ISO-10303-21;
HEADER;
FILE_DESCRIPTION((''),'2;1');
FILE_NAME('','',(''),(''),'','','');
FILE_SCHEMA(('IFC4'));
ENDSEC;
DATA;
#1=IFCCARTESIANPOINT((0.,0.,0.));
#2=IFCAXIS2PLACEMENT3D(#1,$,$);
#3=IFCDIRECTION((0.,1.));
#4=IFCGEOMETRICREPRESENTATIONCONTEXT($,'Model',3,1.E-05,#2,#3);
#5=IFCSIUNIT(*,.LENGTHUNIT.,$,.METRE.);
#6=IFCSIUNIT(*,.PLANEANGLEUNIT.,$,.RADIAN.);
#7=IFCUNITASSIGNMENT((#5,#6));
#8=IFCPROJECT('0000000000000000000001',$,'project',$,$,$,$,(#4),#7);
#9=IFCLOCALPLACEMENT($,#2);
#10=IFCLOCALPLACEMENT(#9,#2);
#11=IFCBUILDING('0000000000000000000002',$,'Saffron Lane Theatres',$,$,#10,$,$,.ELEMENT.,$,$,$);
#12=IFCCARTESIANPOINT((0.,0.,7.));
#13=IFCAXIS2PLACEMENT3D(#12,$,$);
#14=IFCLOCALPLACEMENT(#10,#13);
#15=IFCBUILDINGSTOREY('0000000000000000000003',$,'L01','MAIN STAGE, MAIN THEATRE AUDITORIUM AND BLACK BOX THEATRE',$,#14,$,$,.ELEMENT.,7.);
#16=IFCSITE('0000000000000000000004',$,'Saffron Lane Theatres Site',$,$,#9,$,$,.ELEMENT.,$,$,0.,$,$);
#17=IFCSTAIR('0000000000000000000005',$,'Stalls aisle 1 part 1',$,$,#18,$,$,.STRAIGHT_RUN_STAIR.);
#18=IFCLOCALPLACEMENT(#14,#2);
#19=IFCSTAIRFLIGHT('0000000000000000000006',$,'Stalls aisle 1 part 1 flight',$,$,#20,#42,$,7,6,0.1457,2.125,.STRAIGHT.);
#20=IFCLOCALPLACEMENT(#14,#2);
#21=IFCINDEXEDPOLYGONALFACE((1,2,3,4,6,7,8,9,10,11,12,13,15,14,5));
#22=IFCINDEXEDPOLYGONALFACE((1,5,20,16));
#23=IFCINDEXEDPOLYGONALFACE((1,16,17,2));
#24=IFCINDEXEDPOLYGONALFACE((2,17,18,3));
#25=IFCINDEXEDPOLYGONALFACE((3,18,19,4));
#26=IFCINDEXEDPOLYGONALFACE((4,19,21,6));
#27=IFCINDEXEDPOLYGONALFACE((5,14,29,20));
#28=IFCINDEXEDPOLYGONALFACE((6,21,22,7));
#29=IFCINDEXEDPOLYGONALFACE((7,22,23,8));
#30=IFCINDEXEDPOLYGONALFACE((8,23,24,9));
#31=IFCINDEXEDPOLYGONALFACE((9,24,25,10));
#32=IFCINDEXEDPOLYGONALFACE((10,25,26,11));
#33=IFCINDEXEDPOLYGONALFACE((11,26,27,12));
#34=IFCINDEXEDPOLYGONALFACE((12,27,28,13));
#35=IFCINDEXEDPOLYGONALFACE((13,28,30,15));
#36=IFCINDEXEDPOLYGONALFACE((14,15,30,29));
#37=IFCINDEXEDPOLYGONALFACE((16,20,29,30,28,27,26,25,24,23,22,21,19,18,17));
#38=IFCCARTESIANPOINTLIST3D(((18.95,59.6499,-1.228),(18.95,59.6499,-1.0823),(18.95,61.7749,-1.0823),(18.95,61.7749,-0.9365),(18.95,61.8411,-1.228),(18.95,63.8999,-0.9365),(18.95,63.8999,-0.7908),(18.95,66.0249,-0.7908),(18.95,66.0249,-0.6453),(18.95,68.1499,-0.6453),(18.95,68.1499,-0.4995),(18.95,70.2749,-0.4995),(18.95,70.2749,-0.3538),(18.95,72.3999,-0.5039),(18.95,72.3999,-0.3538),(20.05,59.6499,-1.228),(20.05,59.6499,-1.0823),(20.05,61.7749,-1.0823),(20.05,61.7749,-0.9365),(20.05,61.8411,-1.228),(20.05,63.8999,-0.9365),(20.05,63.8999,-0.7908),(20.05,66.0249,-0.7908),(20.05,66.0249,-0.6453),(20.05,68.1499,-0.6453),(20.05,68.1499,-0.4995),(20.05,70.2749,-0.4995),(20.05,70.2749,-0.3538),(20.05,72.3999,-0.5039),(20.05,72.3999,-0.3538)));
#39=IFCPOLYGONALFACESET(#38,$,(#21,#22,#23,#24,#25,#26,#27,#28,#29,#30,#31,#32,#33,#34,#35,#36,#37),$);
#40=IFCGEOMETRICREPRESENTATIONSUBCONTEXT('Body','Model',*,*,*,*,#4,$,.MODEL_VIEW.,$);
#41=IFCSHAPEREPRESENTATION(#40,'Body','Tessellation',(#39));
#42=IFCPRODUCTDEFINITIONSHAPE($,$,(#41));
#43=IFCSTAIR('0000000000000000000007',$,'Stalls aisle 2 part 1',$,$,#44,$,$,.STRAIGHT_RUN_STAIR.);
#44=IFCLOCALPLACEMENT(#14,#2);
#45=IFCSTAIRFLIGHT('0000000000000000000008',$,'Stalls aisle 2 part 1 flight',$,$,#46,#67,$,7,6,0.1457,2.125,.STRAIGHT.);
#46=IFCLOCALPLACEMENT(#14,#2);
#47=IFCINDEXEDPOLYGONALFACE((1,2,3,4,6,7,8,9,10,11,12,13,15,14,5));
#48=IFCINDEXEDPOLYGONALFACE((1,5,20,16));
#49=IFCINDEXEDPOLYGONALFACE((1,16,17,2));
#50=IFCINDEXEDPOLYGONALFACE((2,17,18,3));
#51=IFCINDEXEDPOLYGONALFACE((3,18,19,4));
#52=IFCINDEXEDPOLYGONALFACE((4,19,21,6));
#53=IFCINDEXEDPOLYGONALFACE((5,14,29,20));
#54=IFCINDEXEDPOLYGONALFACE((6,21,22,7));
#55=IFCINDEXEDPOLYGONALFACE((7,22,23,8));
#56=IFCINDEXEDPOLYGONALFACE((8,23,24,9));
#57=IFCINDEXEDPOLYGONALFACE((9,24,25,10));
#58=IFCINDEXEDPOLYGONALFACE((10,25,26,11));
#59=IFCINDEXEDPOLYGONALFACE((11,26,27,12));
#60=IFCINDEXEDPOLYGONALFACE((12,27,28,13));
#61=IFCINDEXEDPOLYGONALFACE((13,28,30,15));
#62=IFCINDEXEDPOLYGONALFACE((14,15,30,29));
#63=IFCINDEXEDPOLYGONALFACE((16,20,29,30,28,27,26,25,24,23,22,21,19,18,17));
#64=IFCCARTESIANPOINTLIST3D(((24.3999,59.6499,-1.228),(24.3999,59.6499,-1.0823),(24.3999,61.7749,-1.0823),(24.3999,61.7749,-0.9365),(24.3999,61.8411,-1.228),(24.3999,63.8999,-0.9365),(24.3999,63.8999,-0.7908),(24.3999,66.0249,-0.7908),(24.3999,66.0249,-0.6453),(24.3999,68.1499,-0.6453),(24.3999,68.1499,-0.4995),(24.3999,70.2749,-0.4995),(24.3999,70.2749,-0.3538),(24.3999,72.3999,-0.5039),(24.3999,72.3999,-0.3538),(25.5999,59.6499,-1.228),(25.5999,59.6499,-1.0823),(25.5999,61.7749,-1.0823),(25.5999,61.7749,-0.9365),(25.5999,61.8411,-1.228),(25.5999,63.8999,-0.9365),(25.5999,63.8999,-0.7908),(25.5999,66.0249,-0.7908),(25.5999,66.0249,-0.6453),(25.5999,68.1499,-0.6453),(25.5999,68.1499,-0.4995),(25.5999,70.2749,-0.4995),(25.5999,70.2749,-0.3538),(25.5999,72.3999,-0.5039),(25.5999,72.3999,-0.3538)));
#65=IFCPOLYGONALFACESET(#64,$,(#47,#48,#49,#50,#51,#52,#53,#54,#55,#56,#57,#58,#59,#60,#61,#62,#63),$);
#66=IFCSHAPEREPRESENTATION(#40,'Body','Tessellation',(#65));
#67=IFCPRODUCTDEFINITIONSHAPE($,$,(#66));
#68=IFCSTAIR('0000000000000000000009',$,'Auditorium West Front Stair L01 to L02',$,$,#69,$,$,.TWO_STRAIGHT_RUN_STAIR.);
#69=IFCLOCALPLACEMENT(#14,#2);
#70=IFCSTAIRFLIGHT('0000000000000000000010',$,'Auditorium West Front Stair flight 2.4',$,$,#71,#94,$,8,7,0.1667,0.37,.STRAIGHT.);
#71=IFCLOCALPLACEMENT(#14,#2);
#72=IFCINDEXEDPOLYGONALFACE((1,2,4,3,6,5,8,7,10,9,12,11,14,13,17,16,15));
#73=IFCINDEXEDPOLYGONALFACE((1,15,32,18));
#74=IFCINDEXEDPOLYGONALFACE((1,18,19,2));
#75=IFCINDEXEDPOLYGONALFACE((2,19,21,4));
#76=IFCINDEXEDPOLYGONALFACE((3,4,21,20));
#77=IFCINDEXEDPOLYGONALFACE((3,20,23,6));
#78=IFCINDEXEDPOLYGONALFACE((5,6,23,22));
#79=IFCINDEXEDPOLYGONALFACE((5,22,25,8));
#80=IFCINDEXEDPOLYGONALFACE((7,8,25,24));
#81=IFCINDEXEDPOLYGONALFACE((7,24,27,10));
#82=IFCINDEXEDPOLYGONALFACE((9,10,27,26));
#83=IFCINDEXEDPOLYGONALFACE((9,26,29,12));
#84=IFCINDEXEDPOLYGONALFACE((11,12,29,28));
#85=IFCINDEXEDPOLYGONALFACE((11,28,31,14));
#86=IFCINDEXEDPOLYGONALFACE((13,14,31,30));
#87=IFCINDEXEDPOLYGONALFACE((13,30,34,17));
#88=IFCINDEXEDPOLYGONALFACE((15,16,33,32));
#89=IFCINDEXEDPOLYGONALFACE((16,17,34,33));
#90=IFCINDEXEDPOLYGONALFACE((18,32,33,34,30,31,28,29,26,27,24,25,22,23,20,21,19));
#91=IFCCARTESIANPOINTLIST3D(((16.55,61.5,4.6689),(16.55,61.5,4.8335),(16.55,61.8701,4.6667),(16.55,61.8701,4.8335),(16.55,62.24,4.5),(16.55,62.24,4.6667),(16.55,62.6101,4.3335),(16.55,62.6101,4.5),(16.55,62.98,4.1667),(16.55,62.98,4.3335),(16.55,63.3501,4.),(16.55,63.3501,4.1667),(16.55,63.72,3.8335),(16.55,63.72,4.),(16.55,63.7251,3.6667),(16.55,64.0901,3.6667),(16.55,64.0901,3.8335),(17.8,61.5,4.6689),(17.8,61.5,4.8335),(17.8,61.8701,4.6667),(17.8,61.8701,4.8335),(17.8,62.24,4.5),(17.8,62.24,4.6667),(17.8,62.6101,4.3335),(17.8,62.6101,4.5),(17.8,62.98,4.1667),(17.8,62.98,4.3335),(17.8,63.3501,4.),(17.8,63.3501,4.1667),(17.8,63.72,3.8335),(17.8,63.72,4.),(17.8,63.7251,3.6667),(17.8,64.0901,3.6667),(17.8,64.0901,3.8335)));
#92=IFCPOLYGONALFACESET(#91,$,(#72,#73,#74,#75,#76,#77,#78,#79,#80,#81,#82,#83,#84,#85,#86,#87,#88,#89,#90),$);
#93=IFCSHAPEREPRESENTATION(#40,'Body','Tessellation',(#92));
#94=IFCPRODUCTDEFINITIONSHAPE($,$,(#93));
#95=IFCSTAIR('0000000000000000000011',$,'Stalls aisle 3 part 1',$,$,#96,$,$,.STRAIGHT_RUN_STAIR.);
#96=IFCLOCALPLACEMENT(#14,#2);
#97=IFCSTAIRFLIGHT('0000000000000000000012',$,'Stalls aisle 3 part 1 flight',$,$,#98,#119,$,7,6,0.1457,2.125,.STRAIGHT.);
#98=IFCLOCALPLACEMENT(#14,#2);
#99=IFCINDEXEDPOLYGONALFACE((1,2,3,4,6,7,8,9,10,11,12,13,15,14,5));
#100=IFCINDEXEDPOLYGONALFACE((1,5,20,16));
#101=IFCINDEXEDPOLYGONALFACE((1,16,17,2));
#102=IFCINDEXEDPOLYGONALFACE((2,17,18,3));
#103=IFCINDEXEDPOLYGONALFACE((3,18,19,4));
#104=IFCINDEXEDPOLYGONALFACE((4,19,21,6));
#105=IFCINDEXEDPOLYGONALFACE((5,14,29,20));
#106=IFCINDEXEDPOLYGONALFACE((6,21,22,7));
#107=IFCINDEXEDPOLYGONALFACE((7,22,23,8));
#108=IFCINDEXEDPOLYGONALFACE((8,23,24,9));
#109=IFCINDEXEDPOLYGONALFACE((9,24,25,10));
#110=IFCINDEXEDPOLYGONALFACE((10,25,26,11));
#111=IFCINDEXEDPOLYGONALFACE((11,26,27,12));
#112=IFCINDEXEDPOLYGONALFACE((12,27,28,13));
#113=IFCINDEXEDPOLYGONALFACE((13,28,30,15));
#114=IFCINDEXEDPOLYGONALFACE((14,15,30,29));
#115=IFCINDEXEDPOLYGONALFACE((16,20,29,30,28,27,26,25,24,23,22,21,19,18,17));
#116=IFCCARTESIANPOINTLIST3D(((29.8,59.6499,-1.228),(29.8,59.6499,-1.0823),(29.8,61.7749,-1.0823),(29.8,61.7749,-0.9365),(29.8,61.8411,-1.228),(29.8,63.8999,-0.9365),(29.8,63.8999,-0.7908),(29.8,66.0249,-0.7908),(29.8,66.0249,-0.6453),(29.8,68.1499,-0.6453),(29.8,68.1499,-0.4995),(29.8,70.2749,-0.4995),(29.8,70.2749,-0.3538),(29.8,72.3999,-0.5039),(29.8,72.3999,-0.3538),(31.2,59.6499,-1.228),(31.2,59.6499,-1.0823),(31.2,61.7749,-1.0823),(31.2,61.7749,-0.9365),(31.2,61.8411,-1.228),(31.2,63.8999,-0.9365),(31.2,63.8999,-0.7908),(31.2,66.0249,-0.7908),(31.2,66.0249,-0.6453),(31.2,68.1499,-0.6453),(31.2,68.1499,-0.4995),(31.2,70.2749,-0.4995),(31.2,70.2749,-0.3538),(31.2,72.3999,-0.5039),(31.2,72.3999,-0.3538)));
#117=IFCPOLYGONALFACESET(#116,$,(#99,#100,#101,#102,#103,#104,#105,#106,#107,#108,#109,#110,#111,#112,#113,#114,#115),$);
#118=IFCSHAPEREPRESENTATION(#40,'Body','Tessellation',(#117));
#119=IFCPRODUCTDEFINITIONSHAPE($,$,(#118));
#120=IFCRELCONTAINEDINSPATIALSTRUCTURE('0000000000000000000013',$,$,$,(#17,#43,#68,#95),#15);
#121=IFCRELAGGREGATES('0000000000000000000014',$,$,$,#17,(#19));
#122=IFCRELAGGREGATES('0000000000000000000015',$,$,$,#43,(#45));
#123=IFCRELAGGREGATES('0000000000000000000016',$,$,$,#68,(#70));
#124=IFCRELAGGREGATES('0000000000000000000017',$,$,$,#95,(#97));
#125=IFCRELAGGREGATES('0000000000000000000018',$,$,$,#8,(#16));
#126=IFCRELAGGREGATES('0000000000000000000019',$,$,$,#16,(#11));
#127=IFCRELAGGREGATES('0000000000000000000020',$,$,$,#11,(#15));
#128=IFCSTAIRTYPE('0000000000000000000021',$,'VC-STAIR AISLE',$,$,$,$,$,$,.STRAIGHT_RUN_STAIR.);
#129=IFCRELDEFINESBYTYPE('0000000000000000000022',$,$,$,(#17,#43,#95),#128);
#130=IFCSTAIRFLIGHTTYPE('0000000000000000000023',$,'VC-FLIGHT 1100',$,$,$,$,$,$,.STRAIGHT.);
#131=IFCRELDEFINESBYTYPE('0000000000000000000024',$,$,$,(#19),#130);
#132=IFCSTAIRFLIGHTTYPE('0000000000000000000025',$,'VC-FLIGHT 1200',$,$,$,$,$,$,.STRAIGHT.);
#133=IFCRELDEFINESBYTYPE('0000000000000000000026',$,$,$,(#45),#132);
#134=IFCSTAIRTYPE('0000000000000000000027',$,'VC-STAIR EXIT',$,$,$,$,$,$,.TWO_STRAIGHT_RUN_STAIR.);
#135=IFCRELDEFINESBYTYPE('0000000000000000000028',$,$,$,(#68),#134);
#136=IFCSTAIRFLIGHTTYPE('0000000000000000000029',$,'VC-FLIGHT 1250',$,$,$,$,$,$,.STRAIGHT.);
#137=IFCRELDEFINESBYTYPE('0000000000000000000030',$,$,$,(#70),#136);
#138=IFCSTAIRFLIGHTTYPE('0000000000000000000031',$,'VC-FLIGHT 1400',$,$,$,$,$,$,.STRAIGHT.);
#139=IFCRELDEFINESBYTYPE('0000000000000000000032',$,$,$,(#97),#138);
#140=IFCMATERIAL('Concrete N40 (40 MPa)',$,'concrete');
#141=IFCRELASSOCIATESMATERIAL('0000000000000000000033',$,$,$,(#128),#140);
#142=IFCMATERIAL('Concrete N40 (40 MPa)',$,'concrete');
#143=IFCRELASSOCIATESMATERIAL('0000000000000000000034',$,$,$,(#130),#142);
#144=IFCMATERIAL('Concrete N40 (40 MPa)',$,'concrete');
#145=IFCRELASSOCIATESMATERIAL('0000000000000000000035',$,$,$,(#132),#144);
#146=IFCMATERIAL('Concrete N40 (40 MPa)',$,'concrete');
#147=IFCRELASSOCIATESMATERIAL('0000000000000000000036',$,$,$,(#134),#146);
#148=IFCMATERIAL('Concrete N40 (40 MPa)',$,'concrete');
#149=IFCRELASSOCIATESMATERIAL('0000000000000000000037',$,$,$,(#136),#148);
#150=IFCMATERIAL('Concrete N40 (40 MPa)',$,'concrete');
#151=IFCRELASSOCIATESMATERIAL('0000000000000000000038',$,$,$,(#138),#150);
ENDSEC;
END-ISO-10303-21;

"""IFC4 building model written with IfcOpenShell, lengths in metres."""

from ifc_helpers import new_model, si_unit, direction, frame, origin, place, context, subcontext, project, spatial, polyline, outline, extrude, material, type_object, element, aggregate, save


model = new_model("IFC4")

# Units and contexts
model_context = context("Model", 3, precision=1e-05, world=origin(), true_north=direction((0.0, 1.0)))
body_context = subcontext(model_context, "Body", "Model", "MODEL_VIEW")
ifc_project = project(units=[si_unit("LENGTHUNIT", "METRE"), si_unit("PLANEANGLEUNIT", "RADIAN")], contexts=[model_context])

# Site, building, storey
site_placement = place(None, origin())
site = spatial("IfcSite", under=ifc_project, at=site_placement, Name="Saffron Lane Theatres Site", CompositionType="ELEMENT", RefElevation=0.0)
building_placement = place(site_placement, origin())
building = spatial("IfcBuilding", under=site, at=building_placement, Name="Saffron Lane Theatres", CompositionType="ELEMENT")
storey_placement = place(building_placement, frame((0.0, 0.0, 7.0)))
storey = spatial("IfcBuildingStorey", under=building, at=storey_placement, Name="L01", Description="MAIN STAGE, MAIN THEATRE AUDITORIUM AND BLACK BOX THEATRE", CompositionType="ELEMENT", Elevation=7.0)

# Stairs, stair flights
ifc_material_1 = material(Name="Concrete N40 (40 MPa)", Category="concrete")
stair_type_1 = type_object("IfcStairType", Name="VC-STAIR AISLE", PredefinedType="STRAIGHT_RUN_STAIR", material=ifc_material_1)
stair_1_placement = place(storey_placement, origin())
stair_1 = element("IfcStair", 1, at=stair_1_placement, inside=storey, type_object=stair_type_1, Name="Stalls aisle 1 part 1", PredefinedType="STRAIGHT_RUN_STAIR")
ifc_material_2 = material(Name="Concrete N40 (40 MPa)", Category="concrete")
stair_flight_type_1 = type_object("IfcStairFlightType", Name="VC-FLIGHT 1100", PredefinedType="STRAIGHT", material=ifc_material_2)
stair_flight_1_placement = place(storey_placement, frame((19.5, 59.6499, -1.228), z_axis=(0.0, 0.0, 1.0), x_axis=(0.0, 1.0, 0.0)))
stair_flight_1 = element("IfcStairFlight", 2, at=stair_flight_1_placement, type_object=stair_flight_type_1, Name="Stalls aisle 1 part 1 flight", NumberOfRisers=7, NumberOfTreads=6, PredefinedType="STRAIGHT", RiserHeight=0.1457, TreadLength=2.125, context=body_context, shape_type="SweptSolid", body=[
    extrude(outline(polyline([(0.0, 0.0), (0.0, 0.1458), (2.125, 0.1458), (2.125, 0.2915), (4.25, 0.2915), (4.25, 0.4373), (6.375, 0.4373), (6.375, 0.5828), (8.5, 0.5828), (8.5, 0.7285), (10.625, 0.7285), (10.625, 0.8743), (12.75, 0.8743), (12.75, 1.02), (12.75, 0.7241), (2.1912, 0.0), (0.0, 0.0)])), frame((0.0, 0.55, 0.0), z_axis=(0.0, -1.0, 0.0), x_axis=(1.0, 0.0, 0.0)), (0.0, 0.0, 1.0), 1.1001),
])
aggregate(stair_1, [stair_flight_1])
stair_2_placement = place(storey_placement, origin())
stair_2 = element("IfcStair", 3, at=stair_2_placement, inside=storey, type_object=stair_type_1, Name="Stalls aisle 2 part 1", PredefinedType="STRAIGHT_RUN_STAIR")
ifc_material_3 = material(Name="Concrete N40 (40 MPa)", Category="concrete")
stair_flight_type_2 = type_object("IfcStairFlightType", Name="VC-FLIGHT 1200", PredefinedType="STRAIGHT", material=ifc_material_3)
stair_flight_2_placement = place(storey_placement, frame((25.0, 59.6499, -1.228), z_axis=(0.0, 0.0, 1.0), x_axis=(0.0, 1.0, 0.0)))
stair_flight_2 = element("IfcStairFlight", 4, at=stair_flight_2_placement, type_object=stair_flight_type_2, Name="Stalls aisle 2 part 1 flight", NumberOfRisers=7, NumberOfTreads=6, PredefinedType="STRAIGHT", RiserHeight=0.1457, TreadLength=2.125, context=body_context, shape_type="SweptSolid", body=[
    extrude(outline(polyline([(0.0, 0.0), (0.0, 0.1458), (2.125, 0.1458), (2.125, 0.2915), (4.25, 0.2915), (4.25, 0.4373), (6.375, 0.4373), (6.375, 0.5828), (8.5, 0.5828), (8.5, 0.7285), (10.625, 0.7285), (10.625, 0.8743), (12.75, 0.8743), (12.75, 1.02), (12.75, 0.7241), (2.1912, 0.0), (0.0, 0.0)])), frame((0.0, 0.6001, 0.0), z_axis=(0.0, -1.0, 0.0), x_axis=(1.0, 0.0, 0.0)), (0.0, 0.0, 1.0), 1.2),
])
aggregate(stair_2, [stair_flight_2])
ifc_material_4 = material(Name="Concrete N40 (40 MPa)", Category="concrete")
stair_type_2 = type_object("IfcStairType", Name="VC-STAIR EXIT", PredefinedType="TWO_STRAIGHT_RUN_STAIR", material=ifc_material_4)
stair_3_placement = place(storey_placement, origin())
stair_3 = element("IfcStair", 5, at=stair_3_placement, inside=storey, type_object=stair_type_2, Name="Auditorium West Front Stair L01 to L02", PredefinedType="TWO_STRAIGHT_RUN_STAIR")
ifc_material_5 = material(Name="Concrete N40 (40 MPa)", Category="concrete")
stair_flight_type_3 = type_object("IfcStairFlightType", Name="VC-FLIGHT 1250", PredefinedType="STRAIGHT", material=ifc_material_5)
stair_flight_3_placement = place(storey_placement, frame((17.175, 64.0901, 3.6667), z_axis=(0.0, 0.0, 1.0), x_axis=(0.0, -1.0, 0.0)))
stair_flight_3 = element("IfcStairFlight", 6, at=stair_flight_3_placement, type_object=stair_flight_type_3, Name="Auditorium West Front Stair flight 2.4", NumberOfRisers=8, NumberOfTreads=7, PredefinedType="STRAIGHT", RiserHeight=0.1667, TreadLength=0.37, context=body_context, shape_type="SweptSolid", body=[
    extrude(outline(polyline([(0.0, 0.0), (0.0, 0.1667), (0.3701, 0.1667), (0.3701, 0.3333), (0.74, 0.3333), (0.74, 0.5), (1.1101, 0.5), (1.1101, 0.6667), (1.48, 0.6667), (1.48, 0.8333), (1.8501, 0.8333), (1.8501, 1.0), (2.22, 1.0), (2.22, 1.1667), (2.5901, 1.1667), (2.5901, 1.3333), (2.5901, 1.0022), (0.365, 0.0), (0.0, 0.0)])), frame((0.0, 0.625, 0.0), z_axis=(0.0, -1.0, 0.0), x_axis=(1.0, 0.0, 0.0)), (0.0, 0.0, 1.0), 1.25),
])
aggregate(stair_3, [stair_flight_3])
stair_4_placement = place(storey_placement, origin())
stair_4 = element("IfcStair", 7, at=stair_4_placement, inside=storey, type_object=stair_type_1, Name="Stalls aisle 3 part 1", PredefinedType="STRAIGHT_RUN_STAIR")
ifc_material_6 = material(Name="Concrete N40 (40 MPa)", Category="concrete")
stair_flight_type_4 = type_object("IfcStairFlightType", Name="VC-FLIGHT 1400", PredefinedType="STRAIGHT", material=ifc_material_6)
stair_flight_4_placement = place(storey_placement, frame((30.5, 59.6499, -1.228), z_axis=(0.0, 0.0, 1.0), x_axis=(0.0, 1.0, 0.0)))
stair_flight_4 = element("IfcStairFlight", 8, at=stair_flight_4_placement, type_object=stair_flight_type_4, Name="Stalls aisle 3 part 1 flight", NumberOfRisers=7, NumberOfTreads=6, PredefinedType="STRAIGHT", RiserHeight=0.1457, TreadLength=2.125, context=body_context, shape_type="SweptSolid", body=[
    extrude(outline(polyline([(0.0, 0.0), (0.0, 0.1458), (2.125, 0.1458), (2.125, 0.2915), (4.25, 0.2915), (4.25, 0.4373), (6.375, 0.4373), (6.375, 0.5828), (8.5, 0.5828), (8.5, 0.7285), (10.625, 0.7285), (10.625, 0.8743), (12.75, 0.8743), (12.75, 1.02), (12.75, 0.7241), (2.1912, 0.0), (0.0, 0.0)])), frame((0.0, 0.7, 0.0), z_axis=(0.0, -1.0, 0.0), x_axis=(1.0, 0.0, 0.0)), (0.0, 0.0, 1.0), 1.3999),
])
aggregate(stair_4, [stair_flight_4])

save(model, "model.ifc")
